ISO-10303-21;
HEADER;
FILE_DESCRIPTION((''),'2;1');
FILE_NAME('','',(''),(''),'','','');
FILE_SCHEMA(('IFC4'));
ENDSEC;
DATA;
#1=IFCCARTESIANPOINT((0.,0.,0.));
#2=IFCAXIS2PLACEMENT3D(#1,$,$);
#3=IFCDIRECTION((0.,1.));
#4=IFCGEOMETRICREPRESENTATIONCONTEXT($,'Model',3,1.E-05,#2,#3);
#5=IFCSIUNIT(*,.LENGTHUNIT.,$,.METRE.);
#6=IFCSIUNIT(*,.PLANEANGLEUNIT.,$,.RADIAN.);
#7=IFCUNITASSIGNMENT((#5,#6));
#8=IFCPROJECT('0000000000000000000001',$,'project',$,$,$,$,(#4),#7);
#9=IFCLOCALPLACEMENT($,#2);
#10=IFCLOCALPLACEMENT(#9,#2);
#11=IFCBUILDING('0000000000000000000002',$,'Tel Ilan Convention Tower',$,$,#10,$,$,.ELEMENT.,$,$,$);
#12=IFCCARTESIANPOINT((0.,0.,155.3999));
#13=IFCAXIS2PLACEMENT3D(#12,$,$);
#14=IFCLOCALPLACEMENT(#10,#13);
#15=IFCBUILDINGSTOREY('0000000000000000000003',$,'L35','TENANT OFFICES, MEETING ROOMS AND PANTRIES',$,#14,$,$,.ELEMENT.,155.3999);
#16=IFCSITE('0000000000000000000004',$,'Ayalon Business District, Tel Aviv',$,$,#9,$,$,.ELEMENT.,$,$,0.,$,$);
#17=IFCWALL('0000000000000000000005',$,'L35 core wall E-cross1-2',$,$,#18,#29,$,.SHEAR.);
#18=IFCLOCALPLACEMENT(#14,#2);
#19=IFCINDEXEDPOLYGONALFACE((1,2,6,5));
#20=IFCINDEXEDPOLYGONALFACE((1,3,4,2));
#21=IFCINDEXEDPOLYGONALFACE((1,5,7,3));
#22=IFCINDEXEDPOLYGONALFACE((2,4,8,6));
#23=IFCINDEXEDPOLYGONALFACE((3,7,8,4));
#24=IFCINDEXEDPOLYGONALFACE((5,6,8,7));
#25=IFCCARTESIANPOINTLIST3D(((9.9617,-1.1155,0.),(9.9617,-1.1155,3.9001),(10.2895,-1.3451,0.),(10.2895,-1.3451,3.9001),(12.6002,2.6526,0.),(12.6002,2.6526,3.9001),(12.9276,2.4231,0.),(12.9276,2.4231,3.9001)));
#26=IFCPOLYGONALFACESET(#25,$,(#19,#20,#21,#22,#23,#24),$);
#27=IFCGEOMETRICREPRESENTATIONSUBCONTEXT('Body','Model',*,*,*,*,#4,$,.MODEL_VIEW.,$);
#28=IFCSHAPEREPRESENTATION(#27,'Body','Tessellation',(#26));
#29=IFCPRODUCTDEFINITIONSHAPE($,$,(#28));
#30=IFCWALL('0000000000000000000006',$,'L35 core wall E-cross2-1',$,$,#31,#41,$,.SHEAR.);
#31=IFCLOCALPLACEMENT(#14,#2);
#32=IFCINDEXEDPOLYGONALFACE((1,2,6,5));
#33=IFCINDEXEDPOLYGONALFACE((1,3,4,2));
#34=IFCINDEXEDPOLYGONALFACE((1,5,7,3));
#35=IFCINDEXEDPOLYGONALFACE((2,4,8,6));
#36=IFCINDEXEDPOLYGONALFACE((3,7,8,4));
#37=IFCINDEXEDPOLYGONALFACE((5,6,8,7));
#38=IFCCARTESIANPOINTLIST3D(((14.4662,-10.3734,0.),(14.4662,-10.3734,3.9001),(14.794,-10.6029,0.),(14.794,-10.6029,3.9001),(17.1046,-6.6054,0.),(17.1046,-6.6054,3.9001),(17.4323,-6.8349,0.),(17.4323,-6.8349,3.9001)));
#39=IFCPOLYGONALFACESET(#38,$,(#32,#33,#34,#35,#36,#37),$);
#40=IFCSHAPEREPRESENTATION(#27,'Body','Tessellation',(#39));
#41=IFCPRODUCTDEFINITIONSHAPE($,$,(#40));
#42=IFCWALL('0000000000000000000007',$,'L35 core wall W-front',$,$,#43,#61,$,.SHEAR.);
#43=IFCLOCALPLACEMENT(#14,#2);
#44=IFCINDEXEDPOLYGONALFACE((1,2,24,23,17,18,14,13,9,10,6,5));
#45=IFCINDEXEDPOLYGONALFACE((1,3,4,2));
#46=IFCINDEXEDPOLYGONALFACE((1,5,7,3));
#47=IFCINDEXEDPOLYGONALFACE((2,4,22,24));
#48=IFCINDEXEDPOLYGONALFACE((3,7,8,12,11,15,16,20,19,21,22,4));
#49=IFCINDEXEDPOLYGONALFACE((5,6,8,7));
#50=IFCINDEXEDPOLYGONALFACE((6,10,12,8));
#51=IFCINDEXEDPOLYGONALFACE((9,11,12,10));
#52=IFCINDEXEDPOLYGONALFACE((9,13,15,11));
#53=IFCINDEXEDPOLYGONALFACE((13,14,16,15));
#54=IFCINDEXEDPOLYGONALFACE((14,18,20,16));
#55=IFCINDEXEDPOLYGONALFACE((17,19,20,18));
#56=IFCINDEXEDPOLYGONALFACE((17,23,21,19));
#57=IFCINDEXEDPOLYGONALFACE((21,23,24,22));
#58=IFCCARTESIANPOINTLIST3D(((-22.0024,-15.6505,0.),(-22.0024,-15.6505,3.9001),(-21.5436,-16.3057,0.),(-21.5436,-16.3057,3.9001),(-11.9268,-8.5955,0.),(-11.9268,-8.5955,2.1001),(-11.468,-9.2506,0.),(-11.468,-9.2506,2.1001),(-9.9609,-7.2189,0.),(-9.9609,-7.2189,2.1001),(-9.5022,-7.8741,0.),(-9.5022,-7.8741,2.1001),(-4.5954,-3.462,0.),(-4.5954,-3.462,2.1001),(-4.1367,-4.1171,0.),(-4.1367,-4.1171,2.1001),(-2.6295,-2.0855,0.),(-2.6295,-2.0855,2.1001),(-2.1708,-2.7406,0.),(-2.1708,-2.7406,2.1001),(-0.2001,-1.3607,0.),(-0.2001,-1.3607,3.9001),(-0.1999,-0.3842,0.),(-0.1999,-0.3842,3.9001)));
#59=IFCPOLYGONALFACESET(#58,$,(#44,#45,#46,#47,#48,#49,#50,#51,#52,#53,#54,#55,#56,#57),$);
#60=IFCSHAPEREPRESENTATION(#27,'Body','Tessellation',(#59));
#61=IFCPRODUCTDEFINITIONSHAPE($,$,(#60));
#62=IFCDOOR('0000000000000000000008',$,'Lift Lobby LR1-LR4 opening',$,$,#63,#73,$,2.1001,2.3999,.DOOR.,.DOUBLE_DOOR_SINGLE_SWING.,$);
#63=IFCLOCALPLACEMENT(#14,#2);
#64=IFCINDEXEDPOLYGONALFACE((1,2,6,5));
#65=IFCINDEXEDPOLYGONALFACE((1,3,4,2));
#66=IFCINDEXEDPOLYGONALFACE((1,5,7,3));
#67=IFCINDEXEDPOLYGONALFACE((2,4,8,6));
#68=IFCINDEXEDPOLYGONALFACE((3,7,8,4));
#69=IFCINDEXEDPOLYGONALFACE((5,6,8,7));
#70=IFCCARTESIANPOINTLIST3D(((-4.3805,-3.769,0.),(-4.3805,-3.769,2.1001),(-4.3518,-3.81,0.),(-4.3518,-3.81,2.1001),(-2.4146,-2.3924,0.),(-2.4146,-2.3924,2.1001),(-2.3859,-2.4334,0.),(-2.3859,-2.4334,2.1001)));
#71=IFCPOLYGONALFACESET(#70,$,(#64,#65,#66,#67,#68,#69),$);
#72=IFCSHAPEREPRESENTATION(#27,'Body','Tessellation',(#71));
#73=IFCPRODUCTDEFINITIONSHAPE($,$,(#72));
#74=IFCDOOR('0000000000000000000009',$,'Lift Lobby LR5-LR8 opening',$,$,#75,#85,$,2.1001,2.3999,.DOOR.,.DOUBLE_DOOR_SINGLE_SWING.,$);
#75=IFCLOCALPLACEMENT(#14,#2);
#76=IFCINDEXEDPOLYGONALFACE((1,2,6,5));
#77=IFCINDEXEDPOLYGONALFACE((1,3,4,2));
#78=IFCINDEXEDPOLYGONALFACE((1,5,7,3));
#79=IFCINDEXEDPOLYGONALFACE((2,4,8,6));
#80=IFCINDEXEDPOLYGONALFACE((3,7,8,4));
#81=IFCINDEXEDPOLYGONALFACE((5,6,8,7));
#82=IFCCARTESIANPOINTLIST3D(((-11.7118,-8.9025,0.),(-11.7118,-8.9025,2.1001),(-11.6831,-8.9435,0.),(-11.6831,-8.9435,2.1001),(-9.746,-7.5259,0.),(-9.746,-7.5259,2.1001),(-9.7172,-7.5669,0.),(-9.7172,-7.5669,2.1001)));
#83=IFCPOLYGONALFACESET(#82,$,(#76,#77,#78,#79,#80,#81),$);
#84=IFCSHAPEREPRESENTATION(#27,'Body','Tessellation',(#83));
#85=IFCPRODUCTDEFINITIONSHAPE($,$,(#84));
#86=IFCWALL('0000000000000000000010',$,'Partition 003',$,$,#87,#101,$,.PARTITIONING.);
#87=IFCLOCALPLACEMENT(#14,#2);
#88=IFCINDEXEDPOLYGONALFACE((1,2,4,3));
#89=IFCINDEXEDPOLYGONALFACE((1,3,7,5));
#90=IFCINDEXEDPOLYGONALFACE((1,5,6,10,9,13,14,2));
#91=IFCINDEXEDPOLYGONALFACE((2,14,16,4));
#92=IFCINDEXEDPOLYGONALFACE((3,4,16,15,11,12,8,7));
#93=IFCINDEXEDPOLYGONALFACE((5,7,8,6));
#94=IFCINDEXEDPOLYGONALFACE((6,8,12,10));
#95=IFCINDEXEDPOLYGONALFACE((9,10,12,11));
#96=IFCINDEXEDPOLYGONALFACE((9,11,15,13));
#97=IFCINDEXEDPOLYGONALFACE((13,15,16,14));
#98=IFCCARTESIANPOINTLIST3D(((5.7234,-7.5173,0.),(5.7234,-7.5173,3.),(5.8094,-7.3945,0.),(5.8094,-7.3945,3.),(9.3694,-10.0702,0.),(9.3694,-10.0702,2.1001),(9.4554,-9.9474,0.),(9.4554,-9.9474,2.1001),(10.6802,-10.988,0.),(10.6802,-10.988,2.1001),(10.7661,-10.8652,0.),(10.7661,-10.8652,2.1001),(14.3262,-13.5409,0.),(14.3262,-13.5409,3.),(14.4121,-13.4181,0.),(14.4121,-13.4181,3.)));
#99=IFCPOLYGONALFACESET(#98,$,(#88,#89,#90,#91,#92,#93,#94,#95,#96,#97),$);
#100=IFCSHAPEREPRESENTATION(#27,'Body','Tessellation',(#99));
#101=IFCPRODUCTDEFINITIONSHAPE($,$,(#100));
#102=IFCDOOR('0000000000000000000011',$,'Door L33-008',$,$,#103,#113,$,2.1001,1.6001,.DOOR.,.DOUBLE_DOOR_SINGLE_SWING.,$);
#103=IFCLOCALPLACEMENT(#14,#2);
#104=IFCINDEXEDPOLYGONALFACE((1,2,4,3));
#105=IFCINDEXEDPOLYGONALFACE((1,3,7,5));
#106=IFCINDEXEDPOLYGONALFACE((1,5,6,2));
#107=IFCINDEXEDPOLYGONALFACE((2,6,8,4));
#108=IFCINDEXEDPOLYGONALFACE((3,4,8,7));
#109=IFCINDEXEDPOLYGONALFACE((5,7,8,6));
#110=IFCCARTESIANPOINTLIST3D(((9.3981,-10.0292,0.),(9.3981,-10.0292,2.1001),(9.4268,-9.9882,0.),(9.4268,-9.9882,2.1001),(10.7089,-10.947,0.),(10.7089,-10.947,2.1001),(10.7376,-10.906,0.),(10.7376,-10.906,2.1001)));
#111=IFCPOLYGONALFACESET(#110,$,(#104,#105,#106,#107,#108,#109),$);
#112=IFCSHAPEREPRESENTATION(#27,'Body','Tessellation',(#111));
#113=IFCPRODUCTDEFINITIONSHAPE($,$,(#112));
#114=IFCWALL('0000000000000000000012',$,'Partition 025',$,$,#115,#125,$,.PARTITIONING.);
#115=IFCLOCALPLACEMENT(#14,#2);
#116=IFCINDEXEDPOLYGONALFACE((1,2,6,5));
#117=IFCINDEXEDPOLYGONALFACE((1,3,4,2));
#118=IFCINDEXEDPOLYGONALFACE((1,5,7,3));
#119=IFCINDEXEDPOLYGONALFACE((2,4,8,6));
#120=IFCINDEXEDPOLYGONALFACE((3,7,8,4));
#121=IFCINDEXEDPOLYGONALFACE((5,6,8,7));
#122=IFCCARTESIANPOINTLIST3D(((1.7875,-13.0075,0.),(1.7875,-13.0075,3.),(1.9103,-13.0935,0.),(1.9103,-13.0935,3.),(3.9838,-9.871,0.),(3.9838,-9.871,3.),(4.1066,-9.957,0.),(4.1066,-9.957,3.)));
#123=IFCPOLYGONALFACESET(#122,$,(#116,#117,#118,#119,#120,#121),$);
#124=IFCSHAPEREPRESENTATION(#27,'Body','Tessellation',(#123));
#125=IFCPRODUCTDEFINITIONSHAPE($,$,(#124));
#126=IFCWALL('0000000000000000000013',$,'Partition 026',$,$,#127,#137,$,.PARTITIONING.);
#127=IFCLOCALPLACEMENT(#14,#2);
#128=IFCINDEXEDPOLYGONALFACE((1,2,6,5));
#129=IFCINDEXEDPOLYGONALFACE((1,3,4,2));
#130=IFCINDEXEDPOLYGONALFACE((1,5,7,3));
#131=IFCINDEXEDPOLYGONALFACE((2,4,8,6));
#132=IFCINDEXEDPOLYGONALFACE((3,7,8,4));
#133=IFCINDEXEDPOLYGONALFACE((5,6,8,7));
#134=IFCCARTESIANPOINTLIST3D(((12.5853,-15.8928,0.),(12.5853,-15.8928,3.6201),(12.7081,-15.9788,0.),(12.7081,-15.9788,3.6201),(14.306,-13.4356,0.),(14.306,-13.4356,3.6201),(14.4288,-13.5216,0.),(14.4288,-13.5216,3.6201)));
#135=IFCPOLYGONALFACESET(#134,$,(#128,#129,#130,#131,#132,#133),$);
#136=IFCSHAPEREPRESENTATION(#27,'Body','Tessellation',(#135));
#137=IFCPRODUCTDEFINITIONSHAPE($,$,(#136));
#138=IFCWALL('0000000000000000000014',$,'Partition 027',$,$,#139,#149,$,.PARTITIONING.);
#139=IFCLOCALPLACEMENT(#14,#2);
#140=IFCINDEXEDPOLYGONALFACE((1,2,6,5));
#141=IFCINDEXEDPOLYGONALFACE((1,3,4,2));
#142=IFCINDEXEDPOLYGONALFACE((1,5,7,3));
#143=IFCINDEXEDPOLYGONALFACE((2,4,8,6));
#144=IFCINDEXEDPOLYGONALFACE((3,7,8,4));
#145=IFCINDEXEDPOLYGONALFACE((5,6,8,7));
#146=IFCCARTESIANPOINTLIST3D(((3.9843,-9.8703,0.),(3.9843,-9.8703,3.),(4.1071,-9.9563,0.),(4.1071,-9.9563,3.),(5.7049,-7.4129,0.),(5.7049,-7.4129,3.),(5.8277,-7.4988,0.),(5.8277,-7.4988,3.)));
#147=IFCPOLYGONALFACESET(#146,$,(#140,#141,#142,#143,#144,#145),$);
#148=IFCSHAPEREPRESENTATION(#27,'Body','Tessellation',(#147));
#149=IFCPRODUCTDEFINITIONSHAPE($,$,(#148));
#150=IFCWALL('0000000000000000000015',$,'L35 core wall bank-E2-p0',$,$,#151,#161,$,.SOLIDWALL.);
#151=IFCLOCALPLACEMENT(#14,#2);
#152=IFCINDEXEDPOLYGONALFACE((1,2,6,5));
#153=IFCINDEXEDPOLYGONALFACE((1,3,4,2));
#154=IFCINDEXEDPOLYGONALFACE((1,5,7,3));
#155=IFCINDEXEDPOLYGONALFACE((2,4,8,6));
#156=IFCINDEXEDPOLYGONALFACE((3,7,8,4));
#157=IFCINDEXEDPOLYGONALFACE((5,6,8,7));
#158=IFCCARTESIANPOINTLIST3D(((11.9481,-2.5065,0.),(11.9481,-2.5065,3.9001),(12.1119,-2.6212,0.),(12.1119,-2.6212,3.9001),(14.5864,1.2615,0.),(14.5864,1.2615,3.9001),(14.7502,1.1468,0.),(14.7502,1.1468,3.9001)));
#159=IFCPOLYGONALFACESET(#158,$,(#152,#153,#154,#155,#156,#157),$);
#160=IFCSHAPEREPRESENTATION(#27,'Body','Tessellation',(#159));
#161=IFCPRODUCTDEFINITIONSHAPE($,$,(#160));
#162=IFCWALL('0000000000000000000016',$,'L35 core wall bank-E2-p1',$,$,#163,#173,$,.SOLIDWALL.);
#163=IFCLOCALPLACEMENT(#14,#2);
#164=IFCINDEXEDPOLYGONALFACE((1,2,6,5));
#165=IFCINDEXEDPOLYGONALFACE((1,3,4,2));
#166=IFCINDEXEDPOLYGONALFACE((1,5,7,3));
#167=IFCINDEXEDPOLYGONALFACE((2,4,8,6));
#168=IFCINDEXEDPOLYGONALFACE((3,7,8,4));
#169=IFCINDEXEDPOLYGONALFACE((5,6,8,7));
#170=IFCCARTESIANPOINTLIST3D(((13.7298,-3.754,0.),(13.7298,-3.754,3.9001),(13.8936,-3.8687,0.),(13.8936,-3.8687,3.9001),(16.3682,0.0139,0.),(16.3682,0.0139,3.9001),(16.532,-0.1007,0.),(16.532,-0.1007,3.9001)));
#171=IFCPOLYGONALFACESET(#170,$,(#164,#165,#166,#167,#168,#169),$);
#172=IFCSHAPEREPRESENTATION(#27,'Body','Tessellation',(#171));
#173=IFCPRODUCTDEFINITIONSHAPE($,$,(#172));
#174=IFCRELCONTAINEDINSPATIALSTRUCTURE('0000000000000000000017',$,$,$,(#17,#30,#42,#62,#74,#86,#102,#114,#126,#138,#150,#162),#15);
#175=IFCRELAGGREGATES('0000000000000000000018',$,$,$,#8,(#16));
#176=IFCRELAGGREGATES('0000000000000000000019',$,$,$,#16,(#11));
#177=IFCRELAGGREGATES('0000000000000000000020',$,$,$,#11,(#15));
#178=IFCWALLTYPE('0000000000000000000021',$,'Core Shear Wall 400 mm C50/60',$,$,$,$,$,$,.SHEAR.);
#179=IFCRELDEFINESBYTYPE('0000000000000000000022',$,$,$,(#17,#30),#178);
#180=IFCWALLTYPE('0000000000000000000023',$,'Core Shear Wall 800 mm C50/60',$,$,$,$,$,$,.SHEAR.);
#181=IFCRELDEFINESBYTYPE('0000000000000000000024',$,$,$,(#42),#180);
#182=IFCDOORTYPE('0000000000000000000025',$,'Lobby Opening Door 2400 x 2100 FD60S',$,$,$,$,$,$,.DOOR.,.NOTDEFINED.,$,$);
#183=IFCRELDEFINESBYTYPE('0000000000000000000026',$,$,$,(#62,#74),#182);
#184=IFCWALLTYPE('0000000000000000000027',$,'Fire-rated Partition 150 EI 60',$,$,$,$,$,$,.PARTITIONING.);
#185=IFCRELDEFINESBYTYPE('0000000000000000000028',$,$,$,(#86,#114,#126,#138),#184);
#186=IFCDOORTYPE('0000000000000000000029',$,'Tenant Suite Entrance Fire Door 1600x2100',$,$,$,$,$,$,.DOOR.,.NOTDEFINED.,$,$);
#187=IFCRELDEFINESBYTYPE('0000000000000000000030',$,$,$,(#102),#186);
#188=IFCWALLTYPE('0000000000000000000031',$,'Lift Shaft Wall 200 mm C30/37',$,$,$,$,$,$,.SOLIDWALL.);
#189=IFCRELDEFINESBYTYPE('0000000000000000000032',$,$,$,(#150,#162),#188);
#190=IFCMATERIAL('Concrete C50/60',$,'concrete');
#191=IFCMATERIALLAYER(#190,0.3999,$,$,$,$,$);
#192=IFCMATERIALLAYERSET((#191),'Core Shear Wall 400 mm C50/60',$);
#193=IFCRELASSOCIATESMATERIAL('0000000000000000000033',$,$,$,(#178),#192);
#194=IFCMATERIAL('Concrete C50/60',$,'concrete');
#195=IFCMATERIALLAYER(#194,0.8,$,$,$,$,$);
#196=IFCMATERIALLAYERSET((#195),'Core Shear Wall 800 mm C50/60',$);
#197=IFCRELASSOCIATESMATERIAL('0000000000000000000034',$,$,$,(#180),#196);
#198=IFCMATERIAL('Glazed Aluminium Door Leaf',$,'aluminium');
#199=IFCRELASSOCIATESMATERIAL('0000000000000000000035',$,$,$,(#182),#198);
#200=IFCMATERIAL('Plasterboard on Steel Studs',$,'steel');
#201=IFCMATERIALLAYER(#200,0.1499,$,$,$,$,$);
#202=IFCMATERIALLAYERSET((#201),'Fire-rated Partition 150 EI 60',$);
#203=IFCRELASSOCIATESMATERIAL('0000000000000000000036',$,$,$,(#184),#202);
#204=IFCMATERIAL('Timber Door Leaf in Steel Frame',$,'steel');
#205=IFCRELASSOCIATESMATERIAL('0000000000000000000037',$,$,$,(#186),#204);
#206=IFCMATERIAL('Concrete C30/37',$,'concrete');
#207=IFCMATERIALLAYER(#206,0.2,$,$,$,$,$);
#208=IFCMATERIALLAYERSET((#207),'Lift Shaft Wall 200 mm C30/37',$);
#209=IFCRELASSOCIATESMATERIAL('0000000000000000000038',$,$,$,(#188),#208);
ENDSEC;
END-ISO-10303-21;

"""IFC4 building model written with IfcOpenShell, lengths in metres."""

from ifc_helpers import new_model, si_unit, direction, frame, frame_2d, origin, place, context, subcontext, project, spatial, polyline, rectangle, outline, extrude, material, layer, layer_set, type_object, element, fill, save


model = new_model("IFC4")

# Units and contexts
model_context = context("Model", 3, precision=1e-05, world=origin(), true_north=direction((0.0, 1.0)))
body_context = subcontext(model_context, "Body", "Model", "MODEL_VIEW")
ifc_project = project(units=[si_unit("LENGTHUNIT", "METRE"), si_unit("PLANEANGLEUNIT", "RADIAN")], contexts=[model_context])

# Site, building, storey
site_placement = place(None, origin())
site = spatial("IfcSite", under=ifc_project, at=site_placement, Name="Ayalon Business District, Tel Aviv", CompositionType="ELEMENT", RefElevation=0.0)
building_placement = place(site_placement, origin())
building = spatial("IfcBuilding", under=site, at=building_placement, Name="Tel Ilan Convention Tower", CompositionType="ELEMENT")
storey_placement = place(building_placement, frame((0.0, 0.0, 155.3999)))
storey = spatial("IfcBuildingStorey", under=building, at=storey_placement, Name="L35", Description="TENANT OFFICES, MEETING ROOMS AND PANTRIES", CompositionType="ELEMENT", Elevation=155.3999)

# Walls
ifc_material_1 = material(Name="Concrete C50/60", Category="concrete")
ifc_layer_1 = layer(ifc_material_1, 0.3999)
ifc_layer_set_1 = layer_set([ifc_layer_1], Name="Core Shear Wall 400 mm C50/60")
wall_type_1 = type_object("IfcWallType", Name="Core Shear Wall 400 mm C50/60", PredefinedType="SHEAR", material=ifc_layer_set_1)
wall_1_placement = place(storey_placement, frame((10.1255, -1.2302, 0.0), z_axis=(0.0, 0.0, 1.0), x_axis=(0.573576, 0.819152, 0.0)))
element("IfcWall", 1, at=wall_1_placement, inside=storey, type_object=wall_type_1, Name="L35 core wall E-cross1-2", PredefinedType="SHEAR", context=body_context, shape_type="SweptSolid", body=[
    extrude(outline(polyline([(4.5999, -0.2), (4.6001, 0.2), (0.0, 0.2), (0.0, -0.2002), (4.5999, -0.2)])), origin(), (0.0, 0.0, 1.0), 3.9001),
])
wall_2_placement = place(storey_placement, frame((14.6299, -10.4883, 0.0), z_axis=(0.0, 0.0, 1.0), x_axis=(0.573612, 0.819127, 0.0)))
element("IfcWall", 2, at=wall_2_placement, inside=storey, type_object=wall_type_1, Name="L35 core wall E-cross2-1", PredefinedType="SHEAR", context=body_context, shape_type="SweptSolid", body=[
    extrude(outline(polyline([(0.0002, 0.2), (0.0002, -0.2002), (4.6001, -0.2), (4.6001, 0.2002), (0.0002, 0.2)])), origin(), (0.0, 0.0, 1.0), 3.9001),
])

# Wall, openings, doors
ifc_material_2 = material(Name="Concrete C50/60", Category="concrete")
ifc_layer_2 = layer(ifc_material_2, 0.8)
ifc_layer_set_2 = layer_set([ifc_layer_2], Name="Core Shear Wall 800 mm C50/60")
wall_type_2 = type_object("IfcWallType", Name="Core Shear Wall 800 mm C50/60", PredefinedType="SHEAR", material=ifc_layer_set_2)
wall_3_placement = place(storey_placement, frame((0.0293, -0.7119, 0.0), z_axis=(0.0, 0.0, 1.0), x_axis=(-0.819152, -0.573577, 0.0)))
wall_3 = element("IfcWall", 3, at=wall_3_placement, inside=storey, type_object=wall_type_2, Name="L35 core wall W-front", PredefinedType="SHEAR", context=body_context, shape_type="SweptSolid", body=[
    extrude(outline(polyline([(26.6157, 0.3999), (0.5601, 0.3999), (-0.0002, -0.3999), (26.6157, -0.3999), (26.6157, 0.3999)])), origin(), (0.0, 0.0, 1.0), 3.9001),
])
opening_1_placement = place(wall_3_placement, frame((2.9658, 0.0, 0.0)))
opening_1 = element("IfcOpeningElement", 4, at=opening_1_placement, cuts=wall_3, PredefinedType="OPENING", context=body_context, shape_type="SweptSolid", body=[
    extrude(rectangle(XDim=2.3999, YDim=2.1001, at=frame_2d((1.2, 1.05))), frame((0.0, 0.4099, 0.0), z_axis=(0.0, -1.0, 0.0), x_axis=(1.0, 0.0, 0.0)), (0.0, 0.0, 1.0), 0.8201),
])
opening_2_placement = place(wall_3_placement, frame((11.9158, 0.0, 0.0)))
opening_2 = element("IfcOpeningElement", 5, at=opening_2_placement, cuts=wall_3, PredefinedType="OPENING", context=body_context, shape_type="SweptSolid", body=[
    extrude(rectangle(XDim=2.3999, YDim=2.1001, at=frame_2d((1.2, 1.05))), frame((0.0, 0.4099, 0.0), z_axis=(0.0, -1.0, 0.0), x_axis=(1.0, 0.0, 0.0)), (0.0, 0.0, 1.0), 0.8201),
])
ifc_material_3 = material(Name="Glazed Aluminium Door Leaf", Category="aluminium")
door_type_1 = type_object("IfcDoorType", Name="Lobby Opening Door 2400 x 2100 FD60S", OperationType="NOTDEFINED", PredefinedType="DOOR", material=ifc_material_3)
door_1_placement = place(opening_1_placement, origin())
door_1 = element("IfcDoor", 6, at=door_1_placement, inside=storey, type_object=door_type_1, Name="Lift Lobby LR1-LR4 opening", OperationType="DOUBLE_DOOR_SINGLE_SWING", OverallHeight=2.1001, OverallWidth=2.3999, PredefinedType="DOOR", context=body_context, shape_type="SweptSolid", body=[
    extrude(rectangle(XDim=2.3999, YDim=2.1001, at=frame_2d((1.2, 1.05))), frame((0.0, 0.0249, 0.0), z_axis=(0.0, -1.0, 0.0), x_axis=(1.0, 0.0, 0.0)), (0.0, 0.0, 1.0), 0.05),
])
fill(opening_1, door_1)
door_2_placement = place(opening_2_placement, origin())
door_2 = element("IfcDoor", 7, at=door_2_placement, inside=storey, type_object=door_type_1, Name="Lift Lobby LR5-LR8 opening", OperationType="DOUBLE_DOOR_SINGLE_SWING", OverallHeight=2.1001, OverallWidth=2.3999, PredefinedType="DOOR", context=body_context, shape_type="SweptSolid", body=[
    extrude(rectangle(XDim=2.3999, YDim=2.1001, at=frame_2d((1.2, 1.05))), frame((0.0, 0.0249, 0.0), z_axis=(0.0, -1.0, 0.0), x_axis=(1.0, 0.0, 0.0)), (0.0, 0.0, 1.0), 0.05),
])
fill(opening_2, door_2)

# Wall, opening, door
ifc_material_4 = material(Name="Plasterboard on Steel Studs", Category="steel")
ifc_layer_3 = layer(ifc_material_4, 0.1499)
ifc_layer_set_3 = layer_set([ifc_layer_3], Name="Fire-rated Partition 150 EI 60")
wall_type_3 = type_object("IfcWallType", Name="Fire-rated Partition 150 EI 60", PredefinedType="PARTITIONING", material=ifc_layer_set_3)
wall_4_placement = place(storey_placement, frame((14.3691, -13.4795, 0.0), z_axis=(0.0, 0.0, 1.0), x_axis=(-0.819154, 0.573573, 0.0)))
wall_4 = element("IfcWall", 8, at=wall_4_placement, inside=storey, type_object=wall_type_3, Name="Partition 003", PredefinedType="PARTITIONING", context=body_context, shape_type="SweptSolid", body=[
    extrude(rectangle(XDim=10.502, YDim=0.1499, at=frame_2d((5.251, 0.0))), origin(), (0.0, 0.0, 1.0), 3.0),
])
opening_3_placement = place(wall_4_placement, frame((4.4509, 0.0, 0.0)))
opening_3 = element("IfcOpeningElement", 9, at=opening_3_placement, cuts=wall_4, PredefinedType="OPENING", context=body_context, shape_type="SweptSolid", body=[
    extrude(rectangle(XDim=1.6001, YDim=2.1001, at=frame_2d((0.8, 1.05))), frame((0.0, 0.085, 0.0), z_axis=(0.0, -1.0, 0.0), x_axis=(1.0, 0.0, 0.0)), (0.0, 0.0, 1.0), 0.1699),
])
ifc_material_5 = material(Name="Timber Door Leaf in Steel Frame", Category="steel")
door_type_2 = type_object("IfcDoorType", Name="Tenant Suite Entrance Fire Door 1600x2100", OperationType="NOTDEFINED", PredefinedType="DOOR", material=ifc_material_5)
door_3_placement = place(opening_3_placement, origin())
door_3 = element("IfcDoor", 10, at=door_3_placement, inside=storey, type_object=door_type_2, Name="Door L33-008", OperationType="DOUBLE_DOOR_SINGLE_SWING", OverallHeight=2.1001, OverallWidth=1.6001, PredefinedType="DOOR", context=body_context, shape_type="SweptSolid", body=[
    extrude(rectangle(XDim=1.6001, YDim=2.1001, at=frame_2d((0.8, 1.05))), frame((0.0, 0.0249, 0.0), z_axis=(0.0, -1.0, 0.0), x_axis=(1.0, 0.0, 0.0)), (0.0, 0.0, 1.0), 0.05),
])
fill(opening_3, door_3)

# Walls
wall_5_placement = place(storey_placement, frame((1.8489, -13.0505, 0.0), z_axis=(0.0, 0.0, 1.0), x_axis=(0.573595, 0.819139, 0.0)))
element("IfcWall", 11, at=wall_5_placement, inside=storey, type_object=wall_type_3, Name="Partition 025", PredefinedType="PARTITIONING", context=body_context, shape_type="SweptSolid", body=[
    extrude(rectangle(XDim=3.8291, YDim=0.1499, at=frame_2d((1.9146, 0.0))), origin(), (0.0, 0.0, 1.0), 3.0),
])
wall_6_placement = place(storey_placement, frame((14.3674, -13.4785, 0.0), z_axis=(0.0, 0.0, 1.0), x_axis=(-0.573599, -0.819136, 0.0)))
element("IfcWall", 12, at=wall_6_placement, inside=storey, type_object=wall_type_3, Name="Partition 026", PredefinedType="PARTITIONING", context=body_context, shape_type="SweptSolid", body=[
    extrude(rectangle(XDim=2.9998, YDim=0.1499, at=frame_2d((1.5, 0.0))), origin(), (0.0, 0.0, 1.0), 3.6201),
])
wall_7_placement = place(storey_placement, frame((4.0457, -9.9133, 0.0), z_axis=(0.0, 0.0, 1.0), x_axis=(0.573561, 0.819163, 0.0)))
element("IfcWall", 13, at=wall_7_placement, inside=storey, type_object=wall_type_3, Name="Partition 027", PredefinedType="PARTITIONING", context=body_context, shape_type="SweptSolid", body=[
    extrude(rectangle(XDim=3.0, YDim=0.1499, at=frame_2d((1.5, 0.0))), origin(), (0.0, 0.0, 1.0), 3.0),
])
ifc_material_6 = material(Name="Concrete C30/37", Category="concrete")
ifc_layer_4 = layer(ifc_material_6, 0.2)
ifc_layer_set_4 = layer_set([ifc_layer_4], Name="Lift Shaft Wall 200 mm C30/37")
wall_type_4 = type_object("IfcWallType", Name="Lift Shaft Wall 200 mm C30/37", PredefinedType="SOLIDWALL", material=ifc_layer_set_4)
for number, where, z_axis, x_axis, name in (
    (14, (12.03, -2.5637, 0.0), (0.0, 0.0, 1.0), (0.573576, 0.819152, 0.0), "L35 core wall bank-E2-p0"),
    (15, (13.8118, -3.8113, 0.0), (0.0, 0.0, 1.0), (0.573576, 0.819152, 0.0), "L35 core wall bank-E2-p1"),
):
    element("IfcWall", number, at=place(storey_placement, frame(where, z_axis=z_axis, x_axis=x_axis)), inside=storey, type_object=wall_type_4, Name=name, PredefinedType="SOLIDWALL", context=body_context, shape_type="SweptSolid", body=[
        extrude(rectangle(XDim=4.5999, YDim=0.2, at=frame_2d((2.2998, 0.0))), origin(), (0.0, 0.0, 1.0), 3.9001),
    ])

save(model, "model.ifc")
